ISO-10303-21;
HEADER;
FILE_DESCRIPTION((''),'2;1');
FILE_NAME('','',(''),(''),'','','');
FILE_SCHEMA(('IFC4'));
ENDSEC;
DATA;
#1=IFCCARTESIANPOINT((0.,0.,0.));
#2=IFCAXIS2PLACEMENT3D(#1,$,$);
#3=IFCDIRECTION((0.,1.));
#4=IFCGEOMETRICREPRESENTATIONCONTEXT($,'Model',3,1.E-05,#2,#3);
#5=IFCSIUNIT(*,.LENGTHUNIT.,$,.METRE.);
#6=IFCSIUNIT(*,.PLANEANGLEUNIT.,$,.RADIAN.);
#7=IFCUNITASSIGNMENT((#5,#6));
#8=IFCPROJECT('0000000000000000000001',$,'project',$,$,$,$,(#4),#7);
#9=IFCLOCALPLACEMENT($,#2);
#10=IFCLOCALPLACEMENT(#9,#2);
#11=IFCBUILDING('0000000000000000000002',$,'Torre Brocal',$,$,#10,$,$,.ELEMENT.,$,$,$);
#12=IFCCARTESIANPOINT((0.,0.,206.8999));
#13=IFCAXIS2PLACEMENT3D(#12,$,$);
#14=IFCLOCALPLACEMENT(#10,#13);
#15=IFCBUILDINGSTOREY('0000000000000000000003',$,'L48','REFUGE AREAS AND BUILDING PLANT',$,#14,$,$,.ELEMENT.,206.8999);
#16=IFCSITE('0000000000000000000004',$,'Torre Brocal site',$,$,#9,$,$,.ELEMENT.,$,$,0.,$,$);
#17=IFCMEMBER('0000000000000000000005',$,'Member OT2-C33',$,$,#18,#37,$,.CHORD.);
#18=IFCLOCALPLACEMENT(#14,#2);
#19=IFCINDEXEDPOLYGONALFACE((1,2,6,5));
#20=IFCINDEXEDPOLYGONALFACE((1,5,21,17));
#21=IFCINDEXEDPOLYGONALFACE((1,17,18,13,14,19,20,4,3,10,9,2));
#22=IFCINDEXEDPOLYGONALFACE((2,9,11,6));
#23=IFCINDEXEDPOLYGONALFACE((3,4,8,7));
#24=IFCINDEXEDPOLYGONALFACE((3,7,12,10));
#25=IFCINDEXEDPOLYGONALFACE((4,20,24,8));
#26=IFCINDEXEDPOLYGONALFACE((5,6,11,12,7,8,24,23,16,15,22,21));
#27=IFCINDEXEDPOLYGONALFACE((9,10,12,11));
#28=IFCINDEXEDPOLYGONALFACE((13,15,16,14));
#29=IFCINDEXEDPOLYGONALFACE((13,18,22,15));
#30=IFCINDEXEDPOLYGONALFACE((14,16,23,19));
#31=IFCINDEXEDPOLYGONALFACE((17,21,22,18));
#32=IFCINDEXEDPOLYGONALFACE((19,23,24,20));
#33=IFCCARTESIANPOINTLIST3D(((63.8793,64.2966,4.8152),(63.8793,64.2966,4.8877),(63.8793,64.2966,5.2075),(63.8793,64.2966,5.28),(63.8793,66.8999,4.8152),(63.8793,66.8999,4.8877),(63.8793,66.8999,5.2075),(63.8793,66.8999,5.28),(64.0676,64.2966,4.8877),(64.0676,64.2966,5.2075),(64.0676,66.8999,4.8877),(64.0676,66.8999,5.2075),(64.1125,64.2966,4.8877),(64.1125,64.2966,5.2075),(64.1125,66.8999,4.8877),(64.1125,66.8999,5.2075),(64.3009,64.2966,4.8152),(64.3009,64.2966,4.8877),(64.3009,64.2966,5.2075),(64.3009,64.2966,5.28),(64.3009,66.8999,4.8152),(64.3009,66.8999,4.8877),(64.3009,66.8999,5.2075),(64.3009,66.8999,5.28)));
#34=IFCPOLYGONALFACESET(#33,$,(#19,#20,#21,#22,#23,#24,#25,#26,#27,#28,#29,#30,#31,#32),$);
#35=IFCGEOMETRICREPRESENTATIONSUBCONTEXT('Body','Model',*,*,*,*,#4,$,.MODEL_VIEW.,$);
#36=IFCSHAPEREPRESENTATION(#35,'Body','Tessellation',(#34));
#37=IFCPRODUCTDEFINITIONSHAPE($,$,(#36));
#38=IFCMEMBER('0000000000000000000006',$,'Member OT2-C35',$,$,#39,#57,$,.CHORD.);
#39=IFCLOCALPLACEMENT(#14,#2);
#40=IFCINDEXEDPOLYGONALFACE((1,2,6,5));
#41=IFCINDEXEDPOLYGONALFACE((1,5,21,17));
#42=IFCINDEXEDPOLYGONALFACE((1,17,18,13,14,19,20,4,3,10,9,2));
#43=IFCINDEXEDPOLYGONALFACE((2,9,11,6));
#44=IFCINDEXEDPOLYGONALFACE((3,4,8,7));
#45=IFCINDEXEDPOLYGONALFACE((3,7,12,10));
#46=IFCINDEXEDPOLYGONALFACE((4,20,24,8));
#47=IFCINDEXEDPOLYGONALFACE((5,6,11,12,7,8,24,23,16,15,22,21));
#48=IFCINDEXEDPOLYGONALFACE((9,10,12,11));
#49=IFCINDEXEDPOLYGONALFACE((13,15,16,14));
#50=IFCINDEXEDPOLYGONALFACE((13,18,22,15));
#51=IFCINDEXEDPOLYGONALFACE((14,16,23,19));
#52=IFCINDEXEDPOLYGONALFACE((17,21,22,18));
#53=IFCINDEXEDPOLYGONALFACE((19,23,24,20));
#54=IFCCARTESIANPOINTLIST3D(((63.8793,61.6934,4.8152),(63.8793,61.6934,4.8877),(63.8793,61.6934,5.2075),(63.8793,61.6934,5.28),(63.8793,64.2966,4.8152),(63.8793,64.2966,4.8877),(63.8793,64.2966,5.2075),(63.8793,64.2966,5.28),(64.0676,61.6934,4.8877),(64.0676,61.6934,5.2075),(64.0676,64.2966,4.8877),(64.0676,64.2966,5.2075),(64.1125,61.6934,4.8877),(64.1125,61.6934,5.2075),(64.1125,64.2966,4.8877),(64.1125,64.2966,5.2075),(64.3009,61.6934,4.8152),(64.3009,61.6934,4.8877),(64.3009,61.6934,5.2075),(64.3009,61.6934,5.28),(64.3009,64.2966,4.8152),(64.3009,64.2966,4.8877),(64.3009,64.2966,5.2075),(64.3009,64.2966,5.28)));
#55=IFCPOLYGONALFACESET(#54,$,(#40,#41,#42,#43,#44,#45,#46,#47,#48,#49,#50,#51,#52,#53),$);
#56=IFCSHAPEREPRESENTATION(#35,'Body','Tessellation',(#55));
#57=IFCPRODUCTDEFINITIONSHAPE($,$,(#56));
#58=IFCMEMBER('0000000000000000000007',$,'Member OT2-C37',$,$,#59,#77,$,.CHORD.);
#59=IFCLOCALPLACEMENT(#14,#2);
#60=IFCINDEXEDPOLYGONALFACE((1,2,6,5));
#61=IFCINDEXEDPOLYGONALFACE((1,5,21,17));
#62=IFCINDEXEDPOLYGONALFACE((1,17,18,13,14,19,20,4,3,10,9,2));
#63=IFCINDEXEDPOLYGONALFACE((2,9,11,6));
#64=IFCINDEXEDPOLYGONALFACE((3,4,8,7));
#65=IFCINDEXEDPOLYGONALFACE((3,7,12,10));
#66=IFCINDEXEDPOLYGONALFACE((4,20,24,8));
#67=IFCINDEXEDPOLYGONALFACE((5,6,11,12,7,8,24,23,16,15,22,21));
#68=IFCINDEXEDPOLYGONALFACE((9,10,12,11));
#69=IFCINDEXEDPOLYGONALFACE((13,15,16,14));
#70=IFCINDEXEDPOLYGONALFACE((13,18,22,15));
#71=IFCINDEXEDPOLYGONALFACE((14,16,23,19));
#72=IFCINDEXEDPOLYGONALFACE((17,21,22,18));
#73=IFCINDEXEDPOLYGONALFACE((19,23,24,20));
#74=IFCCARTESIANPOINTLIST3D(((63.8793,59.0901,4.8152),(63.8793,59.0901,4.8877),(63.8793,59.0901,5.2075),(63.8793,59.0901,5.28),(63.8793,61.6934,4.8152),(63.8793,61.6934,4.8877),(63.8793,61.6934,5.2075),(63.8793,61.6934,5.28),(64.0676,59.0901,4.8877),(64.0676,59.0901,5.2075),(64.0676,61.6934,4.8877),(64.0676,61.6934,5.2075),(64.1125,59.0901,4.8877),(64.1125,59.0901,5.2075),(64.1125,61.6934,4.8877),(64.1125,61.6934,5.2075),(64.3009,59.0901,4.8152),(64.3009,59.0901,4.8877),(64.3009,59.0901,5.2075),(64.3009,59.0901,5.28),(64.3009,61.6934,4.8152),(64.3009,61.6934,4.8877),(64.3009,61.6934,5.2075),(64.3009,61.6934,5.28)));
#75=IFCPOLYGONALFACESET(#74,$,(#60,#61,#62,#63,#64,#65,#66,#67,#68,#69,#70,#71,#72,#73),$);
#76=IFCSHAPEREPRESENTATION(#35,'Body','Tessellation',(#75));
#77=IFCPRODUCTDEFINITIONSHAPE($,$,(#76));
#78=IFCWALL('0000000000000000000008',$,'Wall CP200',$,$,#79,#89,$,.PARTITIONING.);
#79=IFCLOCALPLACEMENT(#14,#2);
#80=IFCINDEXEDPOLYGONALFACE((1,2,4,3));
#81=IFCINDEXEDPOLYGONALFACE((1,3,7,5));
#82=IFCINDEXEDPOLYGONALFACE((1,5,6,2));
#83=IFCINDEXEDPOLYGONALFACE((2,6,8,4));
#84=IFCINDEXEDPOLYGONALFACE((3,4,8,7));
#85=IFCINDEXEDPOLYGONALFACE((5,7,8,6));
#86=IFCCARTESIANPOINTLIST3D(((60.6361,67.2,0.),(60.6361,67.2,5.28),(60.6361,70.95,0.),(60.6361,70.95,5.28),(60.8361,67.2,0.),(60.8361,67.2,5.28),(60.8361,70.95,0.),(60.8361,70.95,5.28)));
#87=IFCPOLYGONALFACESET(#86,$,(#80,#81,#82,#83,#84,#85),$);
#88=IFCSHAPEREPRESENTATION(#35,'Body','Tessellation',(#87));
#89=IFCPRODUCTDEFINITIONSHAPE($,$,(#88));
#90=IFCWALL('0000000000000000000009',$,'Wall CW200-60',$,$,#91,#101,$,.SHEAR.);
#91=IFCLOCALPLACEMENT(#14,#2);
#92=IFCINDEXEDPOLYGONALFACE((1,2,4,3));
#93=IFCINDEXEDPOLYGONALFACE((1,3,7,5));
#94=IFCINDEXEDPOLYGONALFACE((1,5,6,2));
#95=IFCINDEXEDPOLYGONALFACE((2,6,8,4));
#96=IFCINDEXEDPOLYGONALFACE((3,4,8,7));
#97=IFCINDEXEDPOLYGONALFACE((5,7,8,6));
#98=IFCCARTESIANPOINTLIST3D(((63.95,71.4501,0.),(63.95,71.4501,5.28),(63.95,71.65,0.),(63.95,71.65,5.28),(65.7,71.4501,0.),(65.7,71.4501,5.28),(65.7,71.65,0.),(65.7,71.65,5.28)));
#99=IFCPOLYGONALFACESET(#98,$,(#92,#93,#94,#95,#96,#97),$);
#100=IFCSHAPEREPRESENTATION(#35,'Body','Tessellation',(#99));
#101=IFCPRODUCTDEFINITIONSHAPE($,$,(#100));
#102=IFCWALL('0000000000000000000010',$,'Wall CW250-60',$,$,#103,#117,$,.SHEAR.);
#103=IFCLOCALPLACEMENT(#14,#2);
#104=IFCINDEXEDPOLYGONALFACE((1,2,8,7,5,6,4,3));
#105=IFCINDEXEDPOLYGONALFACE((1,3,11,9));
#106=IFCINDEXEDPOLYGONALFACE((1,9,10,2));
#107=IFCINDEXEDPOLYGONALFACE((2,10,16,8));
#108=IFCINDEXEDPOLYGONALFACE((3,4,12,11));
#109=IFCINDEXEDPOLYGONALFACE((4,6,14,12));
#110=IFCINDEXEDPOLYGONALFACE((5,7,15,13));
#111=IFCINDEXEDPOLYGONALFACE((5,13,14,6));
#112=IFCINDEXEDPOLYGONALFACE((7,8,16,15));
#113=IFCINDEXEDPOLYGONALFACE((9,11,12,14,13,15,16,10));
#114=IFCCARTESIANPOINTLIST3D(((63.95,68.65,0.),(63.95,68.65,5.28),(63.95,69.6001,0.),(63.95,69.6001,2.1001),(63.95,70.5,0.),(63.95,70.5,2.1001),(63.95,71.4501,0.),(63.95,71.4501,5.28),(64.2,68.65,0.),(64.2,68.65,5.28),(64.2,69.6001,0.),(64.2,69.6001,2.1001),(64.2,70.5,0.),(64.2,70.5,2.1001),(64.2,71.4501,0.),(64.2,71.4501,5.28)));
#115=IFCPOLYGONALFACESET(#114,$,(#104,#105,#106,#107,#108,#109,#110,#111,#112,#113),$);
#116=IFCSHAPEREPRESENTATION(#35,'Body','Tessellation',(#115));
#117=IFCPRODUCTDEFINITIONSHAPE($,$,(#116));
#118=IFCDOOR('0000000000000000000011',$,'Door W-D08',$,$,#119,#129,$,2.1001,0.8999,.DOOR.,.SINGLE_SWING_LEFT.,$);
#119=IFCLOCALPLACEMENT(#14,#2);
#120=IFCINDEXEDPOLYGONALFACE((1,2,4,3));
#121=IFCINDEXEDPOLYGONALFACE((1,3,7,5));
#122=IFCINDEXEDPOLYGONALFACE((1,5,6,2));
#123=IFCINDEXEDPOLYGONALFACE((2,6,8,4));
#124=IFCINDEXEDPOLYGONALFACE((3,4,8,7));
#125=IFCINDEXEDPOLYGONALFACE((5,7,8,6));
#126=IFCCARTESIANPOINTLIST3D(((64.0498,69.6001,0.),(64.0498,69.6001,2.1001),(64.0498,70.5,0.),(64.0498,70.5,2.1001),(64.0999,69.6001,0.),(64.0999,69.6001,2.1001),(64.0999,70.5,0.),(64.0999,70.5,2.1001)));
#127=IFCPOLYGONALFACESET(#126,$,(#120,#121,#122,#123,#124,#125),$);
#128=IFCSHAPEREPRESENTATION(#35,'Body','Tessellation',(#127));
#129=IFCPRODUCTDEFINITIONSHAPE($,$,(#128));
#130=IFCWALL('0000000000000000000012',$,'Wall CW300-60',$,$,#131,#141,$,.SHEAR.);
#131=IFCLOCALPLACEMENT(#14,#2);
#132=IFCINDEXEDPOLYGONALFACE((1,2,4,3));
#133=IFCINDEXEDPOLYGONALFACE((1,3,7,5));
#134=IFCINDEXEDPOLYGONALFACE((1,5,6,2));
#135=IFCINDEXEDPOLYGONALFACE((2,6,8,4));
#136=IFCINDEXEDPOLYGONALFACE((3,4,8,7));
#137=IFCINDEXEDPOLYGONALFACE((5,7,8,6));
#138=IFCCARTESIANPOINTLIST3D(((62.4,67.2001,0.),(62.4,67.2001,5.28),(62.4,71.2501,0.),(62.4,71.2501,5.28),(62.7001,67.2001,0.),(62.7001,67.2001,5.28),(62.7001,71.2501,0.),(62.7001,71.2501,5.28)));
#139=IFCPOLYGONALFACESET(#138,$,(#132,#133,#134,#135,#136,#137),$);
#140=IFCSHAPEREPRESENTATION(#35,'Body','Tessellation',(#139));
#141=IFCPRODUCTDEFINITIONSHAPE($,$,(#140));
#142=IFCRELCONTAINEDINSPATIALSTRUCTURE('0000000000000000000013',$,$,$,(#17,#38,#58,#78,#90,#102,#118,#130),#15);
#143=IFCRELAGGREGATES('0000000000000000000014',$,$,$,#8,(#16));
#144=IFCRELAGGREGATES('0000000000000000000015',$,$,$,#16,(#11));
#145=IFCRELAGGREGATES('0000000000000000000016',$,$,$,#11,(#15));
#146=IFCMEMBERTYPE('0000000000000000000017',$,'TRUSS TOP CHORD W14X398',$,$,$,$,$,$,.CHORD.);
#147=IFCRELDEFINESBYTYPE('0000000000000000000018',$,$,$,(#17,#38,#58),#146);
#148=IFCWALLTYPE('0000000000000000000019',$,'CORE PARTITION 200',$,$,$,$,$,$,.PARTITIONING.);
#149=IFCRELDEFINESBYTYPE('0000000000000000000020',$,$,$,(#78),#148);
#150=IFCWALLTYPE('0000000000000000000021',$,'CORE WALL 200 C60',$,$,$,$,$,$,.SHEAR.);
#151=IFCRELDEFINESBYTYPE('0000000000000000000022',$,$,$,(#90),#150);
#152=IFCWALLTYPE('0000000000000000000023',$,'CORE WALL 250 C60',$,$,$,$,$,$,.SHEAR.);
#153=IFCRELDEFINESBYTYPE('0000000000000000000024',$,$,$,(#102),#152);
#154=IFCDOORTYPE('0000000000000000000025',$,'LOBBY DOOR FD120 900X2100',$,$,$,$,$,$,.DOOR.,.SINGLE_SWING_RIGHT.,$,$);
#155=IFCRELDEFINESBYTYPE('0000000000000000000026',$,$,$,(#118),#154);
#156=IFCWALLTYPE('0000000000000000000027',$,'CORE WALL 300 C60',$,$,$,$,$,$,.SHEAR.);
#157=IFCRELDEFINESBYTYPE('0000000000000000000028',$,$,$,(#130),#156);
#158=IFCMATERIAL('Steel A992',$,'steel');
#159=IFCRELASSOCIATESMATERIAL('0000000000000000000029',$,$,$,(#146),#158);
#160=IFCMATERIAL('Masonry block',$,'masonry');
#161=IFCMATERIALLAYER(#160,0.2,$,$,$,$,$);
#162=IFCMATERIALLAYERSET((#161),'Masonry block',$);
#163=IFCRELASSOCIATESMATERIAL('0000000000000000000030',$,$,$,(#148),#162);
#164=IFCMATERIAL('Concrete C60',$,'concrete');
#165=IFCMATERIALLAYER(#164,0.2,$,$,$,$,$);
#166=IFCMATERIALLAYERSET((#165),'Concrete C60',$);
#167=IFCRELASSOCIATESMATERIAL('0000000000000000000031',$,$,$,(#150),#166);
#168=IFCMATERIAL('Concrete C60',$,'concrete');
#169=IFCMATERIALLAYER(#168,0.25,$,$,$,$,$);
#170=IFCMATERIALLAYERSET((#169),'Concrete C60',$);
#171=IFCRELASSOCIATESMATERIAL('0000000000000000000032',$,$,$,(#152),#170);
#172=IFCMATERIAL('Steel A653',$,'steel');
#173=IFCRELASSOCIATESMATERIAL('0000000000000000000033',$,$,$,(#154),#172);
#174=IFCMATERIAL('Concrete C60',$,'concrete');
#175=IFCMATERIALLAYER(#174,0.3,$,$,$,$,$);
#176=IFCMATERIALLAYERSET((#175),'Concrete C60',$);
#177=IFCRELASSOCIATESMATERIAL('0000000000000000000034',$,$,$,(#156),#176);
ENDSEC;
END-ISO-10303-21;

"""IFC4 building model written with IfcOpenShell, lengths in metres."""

from ifc_helpers import new_model, si_unit, direction, frame, frame_2d, origin, origin_2d, place, context, subcontext, project, spatial, rectangle, i_section, extrude, material, layer, layer_set, material_profile, profile_set, type_object, element, fill, save


model = new_model("IFC4")

# Units and contexts
model_context = context("Model", 3, precision=1e-05, world=origin(), true_north=direction((0.0, 1.0)))
body_context = subcontext(model_context, "Body", "Model", "MODEL_VIEW")
ifc_project = project(units=[si_unit("LENGTHUNIT", "METRE"), si_unit("PLANEANGLEUNIT", "RADIAN")], contexts=[model_context])

# Site, building, storey
site_placement = place(None, origin())
site = spatial("IfcSite", under=ifc_project, at=site_placement, Name="Torre Brocal site", CompositionType="ELEMENT", RefElevation=0.0)
building_placement = place(site_placement, origin())
building = spatial("IfcBuilding", under=site, at=building_placement, Name="Torre Brocal", CompositionType="ELEMENT")
storey_placement = place(building_placement, frame((0.0, 0.0, 206.8999)))
storey = spatial("IfcBuildingStorey", under=building, at=storey_placement, Name="L48", Description="REFUGE AREAS AND BUILDING PLANT", CompositionType="ELEMENT", Elevation=206.8999)

# Members
ifc_material_1 = material(Name="Steel A992", Category="steel")
ifc_material_profile_1 = material_profile(ifc_material_1, i_section(OverallWidth=0.4216, OverallDepth=0.4648, WebThickness=0.0449, FlangeThickness=0.0725, at=origin_2d()), Name="W14X398")
ifc_profile_set_1 = profile_set([ifc_material_profile_1], Name="Steel A992")
member_type_1 = type_object("IfcMemberType", Name="TRUSS TOP CHORD W14X398", PredefinedType="CHORD", material=ifc_profile_set_1)
for number, where, z_axis, x_axis, name in (
    (1, (64.0901, 66.8999, 5.0476), (0.0, -1.0, 0.0), (1.0, 0.0, 0.0), "Member OT2-C33"),
    (2, (64.0901, 64.2966, 5.0476), (0.0, -1.0, 0.0), (1.0, 0.0, 0.0), "Member OT2-C35"),
    (3, (64.0901, 61.6934, 5.0476), (0.0, -1.0, 0.0), (1.0, 0.0, 0.0), "Member OT2-C37"),
):
    element("IfcMember", number, at=place(storey_placement, frame(where, z_axis=z_axis, x_axis=x_axis)), inside=storey, type_object=member_type_1, Name=name, PredefinedType="CHORD", context=body_context, shape_type="SweptSolid", body=[
        extrude(i_section(OverallWidth=0.4216, OverallDepth=0.4648, WebThickness=0.0449, FlangeThickness=0.0725, at=origin_2d()), origin(), (0.0, 0.0, 1.0), 2.6033),
    ])

# Walls
ifc_material_2 = material(Name="Masonry block", Category="masonry")
ifc_layer_1 = layer(ifc_material_2, 0.2)
ifc_layer_set_1 = layer_set([ifc_layer_1], Name="Masonry block")
wall_type_1 = type_object("IfcWallType", Name="CORE PARTITION 200", PredefinedType="PARTITIONING", material=ifc_layer_set_1)
wall_1_placement = place(storey_placement, frame((60.7361, 70.95, 0.0), z_axis=(0.0, 0.0, 1.0), x_axis=(0.0, -1.0, 0.0)))
element("IfcWall", 4, at=wall_1_placement, inside=storey, type_object=wall_type_1, Name="Wall CP200", PredefinedType="PARTITIONING", context=body_context, shape_type="SweptSolid", body=[
    extrude(rectangle(XDim=3.75, YDim=0.2, at=frame_2d((1.875, 0.0))), origin(), (0.0, 0.0, 1.0), 5.28),
])
ifc_material_3 = material(Name="Concrete C60", Category="concrete")
ifc_layer_2 = layer(ifc_material_3, 0.2)
ifc_layer_set_2 = layer_set([ifc_layer_2], Name="Concrete C60")
wall_type_2 = type_object("IfcWallType", Name="CORE WALL 200 C60", PredefinedType="SHEAR", material=ifc_layer_set_2)
wall_2_placement = place(storey_placement, frame((65.7, 71.55, 0.0), z_axis=(0.0, 0.0, 1.0), x_axis=(-1.0, 0.0, 0.0)))
element("IfcWall", 5, at=wall_2_placement, inside=storey, type_object=wall_type_2, Name="Wall CW200-60", PredefinedType="SHEAR", context=body_context, shape_type="SweptSolid", body=[
    extrude(rectangle(XDim=1.75, YDim=0.2, at=frame_2d((0.875, 0.0))), origin(), (0.0, 0.0, 1.0), 5.28),
])

# Wall, opening, door
ifc_material_4 = material(Name="Concrete C60", Category="concrete")
ifc_layer_3 = layer(ifc_material_4, 0.25)
ifc_layer_set_3 = layer_set([ifc_layer_3], Name="Concrete C60")
wall_type_3 = type_object("IfcWallType", Name="CORE WALL 250 C60", PredefinedType="SHEAR", material=ifc_layer_set_3)
wall_3_placement = place(storey_placement, frame((64.075, 71.45, 0.0), z_axis=(0.0, 0.0, 1.0), x_axis=(0.0, -1.0, 0.0)))
wall_3 = element("IfcWall", 6, at=wall_3_placement, inside=storey, type_object=wall_type_3, Name="Wall CW250-60", PredefinedType="SHEAR", context=body_context, shape_type="SweptSolid", body=[
    extrude(rectangle(XDim=2.8, YDim=0.25, at=frame_2d((1.3999, 0.0))), origin(), (0.0, 0.0, 1.0), 5.28),
])
opening_1_placement = place(wall_3_placement, frame((0.95, 0.0, 0.0)))
opening_1 = element("IfcOpeningElement", 7, at=opening_1_placement, cuts=wall_3, PredefinedType="OPENING", context=body_context, shape_type="SweptSolid", body=[
    extrude(rectangle(XDim=0.8999, YDim=2.1001, at=frame_2d((0.45, 1.05))), frame((0.0, 0.135, 0.0), z_axis=(0.0, -1.0, 0.0), x_axis=(1.0, 0.0, 0.0)), (0.0, 0.0, 1.0), 0.27),
])
ifc_material_5 = material(Name="Steel A653", Category="steel")
door_type_1 = type_object("IfcDoorType", Name="LOBBY DOOR FD120 900X2100", OperationType="SINGLE_SWING_RIGHT", PredefinedType="DOOR", material=ifc_material_5)
door_1_placement = place(opening_1_placement, origin())
door_1 = element("IfcDoor", 8, at=door_1_placement, inside=storey, type_object=door_type_1, Name="Door W-D08", OperationType="SINGLE_SWING_LEFT", OverallHeight=2.1001, OverallWidth=0.8999, PredefinedType="DOOR", context=body_context, shape_type="SweptSolid", body=[
    extrude(rectangle(XDim=0.8999, YDim=2.1001, at=frame_2d((0.45, 1.05))), frame((0.0, 0.0249, 0.0), z_axis=(0.0, -1.0, 0.0), x_axis=(1.0, 0.0, 0.0)), (0.0, 0.0, 1.0), 0.05),
])
fill(opening_1, door_1)

# Wall
ifc_material_6 = material(Name="Concrete C60", Category="concrete")
ifc_layer_4 = layer(ifc_material_6, 0.3)
ifc_layer_set_4 = layer_set([ifc_layer_4], Name="Concrete C60")
wall_type_4 = type_object("IfcWallType", Name="CORE WALL 300 C60", PredefinedType="SHEAR", material=ifc_layer_set_4)
wall_4_placement = place(storey_placement, frame((62.55, 71.25, 0.0), z_axis=(0.0, 0.0, 1.0), x_axis=(0.0, -1.0, 0.0)))
element("IfcWall", 9, at=wall_4_placement, inside=storey, type_object=wall_type_4, Name="Wall CW300-60", PredefinedType="SHEAR", context=body_context, shape_type="SweptSolid", body=[
    extrude(rectangle(XDim=4.05, YDim=0.3, at=frame_2d((2.0249, 0.0))), origin(), (0.0, 0.0, 1.0), 5.28),
])

save(model, "model.ifc")
